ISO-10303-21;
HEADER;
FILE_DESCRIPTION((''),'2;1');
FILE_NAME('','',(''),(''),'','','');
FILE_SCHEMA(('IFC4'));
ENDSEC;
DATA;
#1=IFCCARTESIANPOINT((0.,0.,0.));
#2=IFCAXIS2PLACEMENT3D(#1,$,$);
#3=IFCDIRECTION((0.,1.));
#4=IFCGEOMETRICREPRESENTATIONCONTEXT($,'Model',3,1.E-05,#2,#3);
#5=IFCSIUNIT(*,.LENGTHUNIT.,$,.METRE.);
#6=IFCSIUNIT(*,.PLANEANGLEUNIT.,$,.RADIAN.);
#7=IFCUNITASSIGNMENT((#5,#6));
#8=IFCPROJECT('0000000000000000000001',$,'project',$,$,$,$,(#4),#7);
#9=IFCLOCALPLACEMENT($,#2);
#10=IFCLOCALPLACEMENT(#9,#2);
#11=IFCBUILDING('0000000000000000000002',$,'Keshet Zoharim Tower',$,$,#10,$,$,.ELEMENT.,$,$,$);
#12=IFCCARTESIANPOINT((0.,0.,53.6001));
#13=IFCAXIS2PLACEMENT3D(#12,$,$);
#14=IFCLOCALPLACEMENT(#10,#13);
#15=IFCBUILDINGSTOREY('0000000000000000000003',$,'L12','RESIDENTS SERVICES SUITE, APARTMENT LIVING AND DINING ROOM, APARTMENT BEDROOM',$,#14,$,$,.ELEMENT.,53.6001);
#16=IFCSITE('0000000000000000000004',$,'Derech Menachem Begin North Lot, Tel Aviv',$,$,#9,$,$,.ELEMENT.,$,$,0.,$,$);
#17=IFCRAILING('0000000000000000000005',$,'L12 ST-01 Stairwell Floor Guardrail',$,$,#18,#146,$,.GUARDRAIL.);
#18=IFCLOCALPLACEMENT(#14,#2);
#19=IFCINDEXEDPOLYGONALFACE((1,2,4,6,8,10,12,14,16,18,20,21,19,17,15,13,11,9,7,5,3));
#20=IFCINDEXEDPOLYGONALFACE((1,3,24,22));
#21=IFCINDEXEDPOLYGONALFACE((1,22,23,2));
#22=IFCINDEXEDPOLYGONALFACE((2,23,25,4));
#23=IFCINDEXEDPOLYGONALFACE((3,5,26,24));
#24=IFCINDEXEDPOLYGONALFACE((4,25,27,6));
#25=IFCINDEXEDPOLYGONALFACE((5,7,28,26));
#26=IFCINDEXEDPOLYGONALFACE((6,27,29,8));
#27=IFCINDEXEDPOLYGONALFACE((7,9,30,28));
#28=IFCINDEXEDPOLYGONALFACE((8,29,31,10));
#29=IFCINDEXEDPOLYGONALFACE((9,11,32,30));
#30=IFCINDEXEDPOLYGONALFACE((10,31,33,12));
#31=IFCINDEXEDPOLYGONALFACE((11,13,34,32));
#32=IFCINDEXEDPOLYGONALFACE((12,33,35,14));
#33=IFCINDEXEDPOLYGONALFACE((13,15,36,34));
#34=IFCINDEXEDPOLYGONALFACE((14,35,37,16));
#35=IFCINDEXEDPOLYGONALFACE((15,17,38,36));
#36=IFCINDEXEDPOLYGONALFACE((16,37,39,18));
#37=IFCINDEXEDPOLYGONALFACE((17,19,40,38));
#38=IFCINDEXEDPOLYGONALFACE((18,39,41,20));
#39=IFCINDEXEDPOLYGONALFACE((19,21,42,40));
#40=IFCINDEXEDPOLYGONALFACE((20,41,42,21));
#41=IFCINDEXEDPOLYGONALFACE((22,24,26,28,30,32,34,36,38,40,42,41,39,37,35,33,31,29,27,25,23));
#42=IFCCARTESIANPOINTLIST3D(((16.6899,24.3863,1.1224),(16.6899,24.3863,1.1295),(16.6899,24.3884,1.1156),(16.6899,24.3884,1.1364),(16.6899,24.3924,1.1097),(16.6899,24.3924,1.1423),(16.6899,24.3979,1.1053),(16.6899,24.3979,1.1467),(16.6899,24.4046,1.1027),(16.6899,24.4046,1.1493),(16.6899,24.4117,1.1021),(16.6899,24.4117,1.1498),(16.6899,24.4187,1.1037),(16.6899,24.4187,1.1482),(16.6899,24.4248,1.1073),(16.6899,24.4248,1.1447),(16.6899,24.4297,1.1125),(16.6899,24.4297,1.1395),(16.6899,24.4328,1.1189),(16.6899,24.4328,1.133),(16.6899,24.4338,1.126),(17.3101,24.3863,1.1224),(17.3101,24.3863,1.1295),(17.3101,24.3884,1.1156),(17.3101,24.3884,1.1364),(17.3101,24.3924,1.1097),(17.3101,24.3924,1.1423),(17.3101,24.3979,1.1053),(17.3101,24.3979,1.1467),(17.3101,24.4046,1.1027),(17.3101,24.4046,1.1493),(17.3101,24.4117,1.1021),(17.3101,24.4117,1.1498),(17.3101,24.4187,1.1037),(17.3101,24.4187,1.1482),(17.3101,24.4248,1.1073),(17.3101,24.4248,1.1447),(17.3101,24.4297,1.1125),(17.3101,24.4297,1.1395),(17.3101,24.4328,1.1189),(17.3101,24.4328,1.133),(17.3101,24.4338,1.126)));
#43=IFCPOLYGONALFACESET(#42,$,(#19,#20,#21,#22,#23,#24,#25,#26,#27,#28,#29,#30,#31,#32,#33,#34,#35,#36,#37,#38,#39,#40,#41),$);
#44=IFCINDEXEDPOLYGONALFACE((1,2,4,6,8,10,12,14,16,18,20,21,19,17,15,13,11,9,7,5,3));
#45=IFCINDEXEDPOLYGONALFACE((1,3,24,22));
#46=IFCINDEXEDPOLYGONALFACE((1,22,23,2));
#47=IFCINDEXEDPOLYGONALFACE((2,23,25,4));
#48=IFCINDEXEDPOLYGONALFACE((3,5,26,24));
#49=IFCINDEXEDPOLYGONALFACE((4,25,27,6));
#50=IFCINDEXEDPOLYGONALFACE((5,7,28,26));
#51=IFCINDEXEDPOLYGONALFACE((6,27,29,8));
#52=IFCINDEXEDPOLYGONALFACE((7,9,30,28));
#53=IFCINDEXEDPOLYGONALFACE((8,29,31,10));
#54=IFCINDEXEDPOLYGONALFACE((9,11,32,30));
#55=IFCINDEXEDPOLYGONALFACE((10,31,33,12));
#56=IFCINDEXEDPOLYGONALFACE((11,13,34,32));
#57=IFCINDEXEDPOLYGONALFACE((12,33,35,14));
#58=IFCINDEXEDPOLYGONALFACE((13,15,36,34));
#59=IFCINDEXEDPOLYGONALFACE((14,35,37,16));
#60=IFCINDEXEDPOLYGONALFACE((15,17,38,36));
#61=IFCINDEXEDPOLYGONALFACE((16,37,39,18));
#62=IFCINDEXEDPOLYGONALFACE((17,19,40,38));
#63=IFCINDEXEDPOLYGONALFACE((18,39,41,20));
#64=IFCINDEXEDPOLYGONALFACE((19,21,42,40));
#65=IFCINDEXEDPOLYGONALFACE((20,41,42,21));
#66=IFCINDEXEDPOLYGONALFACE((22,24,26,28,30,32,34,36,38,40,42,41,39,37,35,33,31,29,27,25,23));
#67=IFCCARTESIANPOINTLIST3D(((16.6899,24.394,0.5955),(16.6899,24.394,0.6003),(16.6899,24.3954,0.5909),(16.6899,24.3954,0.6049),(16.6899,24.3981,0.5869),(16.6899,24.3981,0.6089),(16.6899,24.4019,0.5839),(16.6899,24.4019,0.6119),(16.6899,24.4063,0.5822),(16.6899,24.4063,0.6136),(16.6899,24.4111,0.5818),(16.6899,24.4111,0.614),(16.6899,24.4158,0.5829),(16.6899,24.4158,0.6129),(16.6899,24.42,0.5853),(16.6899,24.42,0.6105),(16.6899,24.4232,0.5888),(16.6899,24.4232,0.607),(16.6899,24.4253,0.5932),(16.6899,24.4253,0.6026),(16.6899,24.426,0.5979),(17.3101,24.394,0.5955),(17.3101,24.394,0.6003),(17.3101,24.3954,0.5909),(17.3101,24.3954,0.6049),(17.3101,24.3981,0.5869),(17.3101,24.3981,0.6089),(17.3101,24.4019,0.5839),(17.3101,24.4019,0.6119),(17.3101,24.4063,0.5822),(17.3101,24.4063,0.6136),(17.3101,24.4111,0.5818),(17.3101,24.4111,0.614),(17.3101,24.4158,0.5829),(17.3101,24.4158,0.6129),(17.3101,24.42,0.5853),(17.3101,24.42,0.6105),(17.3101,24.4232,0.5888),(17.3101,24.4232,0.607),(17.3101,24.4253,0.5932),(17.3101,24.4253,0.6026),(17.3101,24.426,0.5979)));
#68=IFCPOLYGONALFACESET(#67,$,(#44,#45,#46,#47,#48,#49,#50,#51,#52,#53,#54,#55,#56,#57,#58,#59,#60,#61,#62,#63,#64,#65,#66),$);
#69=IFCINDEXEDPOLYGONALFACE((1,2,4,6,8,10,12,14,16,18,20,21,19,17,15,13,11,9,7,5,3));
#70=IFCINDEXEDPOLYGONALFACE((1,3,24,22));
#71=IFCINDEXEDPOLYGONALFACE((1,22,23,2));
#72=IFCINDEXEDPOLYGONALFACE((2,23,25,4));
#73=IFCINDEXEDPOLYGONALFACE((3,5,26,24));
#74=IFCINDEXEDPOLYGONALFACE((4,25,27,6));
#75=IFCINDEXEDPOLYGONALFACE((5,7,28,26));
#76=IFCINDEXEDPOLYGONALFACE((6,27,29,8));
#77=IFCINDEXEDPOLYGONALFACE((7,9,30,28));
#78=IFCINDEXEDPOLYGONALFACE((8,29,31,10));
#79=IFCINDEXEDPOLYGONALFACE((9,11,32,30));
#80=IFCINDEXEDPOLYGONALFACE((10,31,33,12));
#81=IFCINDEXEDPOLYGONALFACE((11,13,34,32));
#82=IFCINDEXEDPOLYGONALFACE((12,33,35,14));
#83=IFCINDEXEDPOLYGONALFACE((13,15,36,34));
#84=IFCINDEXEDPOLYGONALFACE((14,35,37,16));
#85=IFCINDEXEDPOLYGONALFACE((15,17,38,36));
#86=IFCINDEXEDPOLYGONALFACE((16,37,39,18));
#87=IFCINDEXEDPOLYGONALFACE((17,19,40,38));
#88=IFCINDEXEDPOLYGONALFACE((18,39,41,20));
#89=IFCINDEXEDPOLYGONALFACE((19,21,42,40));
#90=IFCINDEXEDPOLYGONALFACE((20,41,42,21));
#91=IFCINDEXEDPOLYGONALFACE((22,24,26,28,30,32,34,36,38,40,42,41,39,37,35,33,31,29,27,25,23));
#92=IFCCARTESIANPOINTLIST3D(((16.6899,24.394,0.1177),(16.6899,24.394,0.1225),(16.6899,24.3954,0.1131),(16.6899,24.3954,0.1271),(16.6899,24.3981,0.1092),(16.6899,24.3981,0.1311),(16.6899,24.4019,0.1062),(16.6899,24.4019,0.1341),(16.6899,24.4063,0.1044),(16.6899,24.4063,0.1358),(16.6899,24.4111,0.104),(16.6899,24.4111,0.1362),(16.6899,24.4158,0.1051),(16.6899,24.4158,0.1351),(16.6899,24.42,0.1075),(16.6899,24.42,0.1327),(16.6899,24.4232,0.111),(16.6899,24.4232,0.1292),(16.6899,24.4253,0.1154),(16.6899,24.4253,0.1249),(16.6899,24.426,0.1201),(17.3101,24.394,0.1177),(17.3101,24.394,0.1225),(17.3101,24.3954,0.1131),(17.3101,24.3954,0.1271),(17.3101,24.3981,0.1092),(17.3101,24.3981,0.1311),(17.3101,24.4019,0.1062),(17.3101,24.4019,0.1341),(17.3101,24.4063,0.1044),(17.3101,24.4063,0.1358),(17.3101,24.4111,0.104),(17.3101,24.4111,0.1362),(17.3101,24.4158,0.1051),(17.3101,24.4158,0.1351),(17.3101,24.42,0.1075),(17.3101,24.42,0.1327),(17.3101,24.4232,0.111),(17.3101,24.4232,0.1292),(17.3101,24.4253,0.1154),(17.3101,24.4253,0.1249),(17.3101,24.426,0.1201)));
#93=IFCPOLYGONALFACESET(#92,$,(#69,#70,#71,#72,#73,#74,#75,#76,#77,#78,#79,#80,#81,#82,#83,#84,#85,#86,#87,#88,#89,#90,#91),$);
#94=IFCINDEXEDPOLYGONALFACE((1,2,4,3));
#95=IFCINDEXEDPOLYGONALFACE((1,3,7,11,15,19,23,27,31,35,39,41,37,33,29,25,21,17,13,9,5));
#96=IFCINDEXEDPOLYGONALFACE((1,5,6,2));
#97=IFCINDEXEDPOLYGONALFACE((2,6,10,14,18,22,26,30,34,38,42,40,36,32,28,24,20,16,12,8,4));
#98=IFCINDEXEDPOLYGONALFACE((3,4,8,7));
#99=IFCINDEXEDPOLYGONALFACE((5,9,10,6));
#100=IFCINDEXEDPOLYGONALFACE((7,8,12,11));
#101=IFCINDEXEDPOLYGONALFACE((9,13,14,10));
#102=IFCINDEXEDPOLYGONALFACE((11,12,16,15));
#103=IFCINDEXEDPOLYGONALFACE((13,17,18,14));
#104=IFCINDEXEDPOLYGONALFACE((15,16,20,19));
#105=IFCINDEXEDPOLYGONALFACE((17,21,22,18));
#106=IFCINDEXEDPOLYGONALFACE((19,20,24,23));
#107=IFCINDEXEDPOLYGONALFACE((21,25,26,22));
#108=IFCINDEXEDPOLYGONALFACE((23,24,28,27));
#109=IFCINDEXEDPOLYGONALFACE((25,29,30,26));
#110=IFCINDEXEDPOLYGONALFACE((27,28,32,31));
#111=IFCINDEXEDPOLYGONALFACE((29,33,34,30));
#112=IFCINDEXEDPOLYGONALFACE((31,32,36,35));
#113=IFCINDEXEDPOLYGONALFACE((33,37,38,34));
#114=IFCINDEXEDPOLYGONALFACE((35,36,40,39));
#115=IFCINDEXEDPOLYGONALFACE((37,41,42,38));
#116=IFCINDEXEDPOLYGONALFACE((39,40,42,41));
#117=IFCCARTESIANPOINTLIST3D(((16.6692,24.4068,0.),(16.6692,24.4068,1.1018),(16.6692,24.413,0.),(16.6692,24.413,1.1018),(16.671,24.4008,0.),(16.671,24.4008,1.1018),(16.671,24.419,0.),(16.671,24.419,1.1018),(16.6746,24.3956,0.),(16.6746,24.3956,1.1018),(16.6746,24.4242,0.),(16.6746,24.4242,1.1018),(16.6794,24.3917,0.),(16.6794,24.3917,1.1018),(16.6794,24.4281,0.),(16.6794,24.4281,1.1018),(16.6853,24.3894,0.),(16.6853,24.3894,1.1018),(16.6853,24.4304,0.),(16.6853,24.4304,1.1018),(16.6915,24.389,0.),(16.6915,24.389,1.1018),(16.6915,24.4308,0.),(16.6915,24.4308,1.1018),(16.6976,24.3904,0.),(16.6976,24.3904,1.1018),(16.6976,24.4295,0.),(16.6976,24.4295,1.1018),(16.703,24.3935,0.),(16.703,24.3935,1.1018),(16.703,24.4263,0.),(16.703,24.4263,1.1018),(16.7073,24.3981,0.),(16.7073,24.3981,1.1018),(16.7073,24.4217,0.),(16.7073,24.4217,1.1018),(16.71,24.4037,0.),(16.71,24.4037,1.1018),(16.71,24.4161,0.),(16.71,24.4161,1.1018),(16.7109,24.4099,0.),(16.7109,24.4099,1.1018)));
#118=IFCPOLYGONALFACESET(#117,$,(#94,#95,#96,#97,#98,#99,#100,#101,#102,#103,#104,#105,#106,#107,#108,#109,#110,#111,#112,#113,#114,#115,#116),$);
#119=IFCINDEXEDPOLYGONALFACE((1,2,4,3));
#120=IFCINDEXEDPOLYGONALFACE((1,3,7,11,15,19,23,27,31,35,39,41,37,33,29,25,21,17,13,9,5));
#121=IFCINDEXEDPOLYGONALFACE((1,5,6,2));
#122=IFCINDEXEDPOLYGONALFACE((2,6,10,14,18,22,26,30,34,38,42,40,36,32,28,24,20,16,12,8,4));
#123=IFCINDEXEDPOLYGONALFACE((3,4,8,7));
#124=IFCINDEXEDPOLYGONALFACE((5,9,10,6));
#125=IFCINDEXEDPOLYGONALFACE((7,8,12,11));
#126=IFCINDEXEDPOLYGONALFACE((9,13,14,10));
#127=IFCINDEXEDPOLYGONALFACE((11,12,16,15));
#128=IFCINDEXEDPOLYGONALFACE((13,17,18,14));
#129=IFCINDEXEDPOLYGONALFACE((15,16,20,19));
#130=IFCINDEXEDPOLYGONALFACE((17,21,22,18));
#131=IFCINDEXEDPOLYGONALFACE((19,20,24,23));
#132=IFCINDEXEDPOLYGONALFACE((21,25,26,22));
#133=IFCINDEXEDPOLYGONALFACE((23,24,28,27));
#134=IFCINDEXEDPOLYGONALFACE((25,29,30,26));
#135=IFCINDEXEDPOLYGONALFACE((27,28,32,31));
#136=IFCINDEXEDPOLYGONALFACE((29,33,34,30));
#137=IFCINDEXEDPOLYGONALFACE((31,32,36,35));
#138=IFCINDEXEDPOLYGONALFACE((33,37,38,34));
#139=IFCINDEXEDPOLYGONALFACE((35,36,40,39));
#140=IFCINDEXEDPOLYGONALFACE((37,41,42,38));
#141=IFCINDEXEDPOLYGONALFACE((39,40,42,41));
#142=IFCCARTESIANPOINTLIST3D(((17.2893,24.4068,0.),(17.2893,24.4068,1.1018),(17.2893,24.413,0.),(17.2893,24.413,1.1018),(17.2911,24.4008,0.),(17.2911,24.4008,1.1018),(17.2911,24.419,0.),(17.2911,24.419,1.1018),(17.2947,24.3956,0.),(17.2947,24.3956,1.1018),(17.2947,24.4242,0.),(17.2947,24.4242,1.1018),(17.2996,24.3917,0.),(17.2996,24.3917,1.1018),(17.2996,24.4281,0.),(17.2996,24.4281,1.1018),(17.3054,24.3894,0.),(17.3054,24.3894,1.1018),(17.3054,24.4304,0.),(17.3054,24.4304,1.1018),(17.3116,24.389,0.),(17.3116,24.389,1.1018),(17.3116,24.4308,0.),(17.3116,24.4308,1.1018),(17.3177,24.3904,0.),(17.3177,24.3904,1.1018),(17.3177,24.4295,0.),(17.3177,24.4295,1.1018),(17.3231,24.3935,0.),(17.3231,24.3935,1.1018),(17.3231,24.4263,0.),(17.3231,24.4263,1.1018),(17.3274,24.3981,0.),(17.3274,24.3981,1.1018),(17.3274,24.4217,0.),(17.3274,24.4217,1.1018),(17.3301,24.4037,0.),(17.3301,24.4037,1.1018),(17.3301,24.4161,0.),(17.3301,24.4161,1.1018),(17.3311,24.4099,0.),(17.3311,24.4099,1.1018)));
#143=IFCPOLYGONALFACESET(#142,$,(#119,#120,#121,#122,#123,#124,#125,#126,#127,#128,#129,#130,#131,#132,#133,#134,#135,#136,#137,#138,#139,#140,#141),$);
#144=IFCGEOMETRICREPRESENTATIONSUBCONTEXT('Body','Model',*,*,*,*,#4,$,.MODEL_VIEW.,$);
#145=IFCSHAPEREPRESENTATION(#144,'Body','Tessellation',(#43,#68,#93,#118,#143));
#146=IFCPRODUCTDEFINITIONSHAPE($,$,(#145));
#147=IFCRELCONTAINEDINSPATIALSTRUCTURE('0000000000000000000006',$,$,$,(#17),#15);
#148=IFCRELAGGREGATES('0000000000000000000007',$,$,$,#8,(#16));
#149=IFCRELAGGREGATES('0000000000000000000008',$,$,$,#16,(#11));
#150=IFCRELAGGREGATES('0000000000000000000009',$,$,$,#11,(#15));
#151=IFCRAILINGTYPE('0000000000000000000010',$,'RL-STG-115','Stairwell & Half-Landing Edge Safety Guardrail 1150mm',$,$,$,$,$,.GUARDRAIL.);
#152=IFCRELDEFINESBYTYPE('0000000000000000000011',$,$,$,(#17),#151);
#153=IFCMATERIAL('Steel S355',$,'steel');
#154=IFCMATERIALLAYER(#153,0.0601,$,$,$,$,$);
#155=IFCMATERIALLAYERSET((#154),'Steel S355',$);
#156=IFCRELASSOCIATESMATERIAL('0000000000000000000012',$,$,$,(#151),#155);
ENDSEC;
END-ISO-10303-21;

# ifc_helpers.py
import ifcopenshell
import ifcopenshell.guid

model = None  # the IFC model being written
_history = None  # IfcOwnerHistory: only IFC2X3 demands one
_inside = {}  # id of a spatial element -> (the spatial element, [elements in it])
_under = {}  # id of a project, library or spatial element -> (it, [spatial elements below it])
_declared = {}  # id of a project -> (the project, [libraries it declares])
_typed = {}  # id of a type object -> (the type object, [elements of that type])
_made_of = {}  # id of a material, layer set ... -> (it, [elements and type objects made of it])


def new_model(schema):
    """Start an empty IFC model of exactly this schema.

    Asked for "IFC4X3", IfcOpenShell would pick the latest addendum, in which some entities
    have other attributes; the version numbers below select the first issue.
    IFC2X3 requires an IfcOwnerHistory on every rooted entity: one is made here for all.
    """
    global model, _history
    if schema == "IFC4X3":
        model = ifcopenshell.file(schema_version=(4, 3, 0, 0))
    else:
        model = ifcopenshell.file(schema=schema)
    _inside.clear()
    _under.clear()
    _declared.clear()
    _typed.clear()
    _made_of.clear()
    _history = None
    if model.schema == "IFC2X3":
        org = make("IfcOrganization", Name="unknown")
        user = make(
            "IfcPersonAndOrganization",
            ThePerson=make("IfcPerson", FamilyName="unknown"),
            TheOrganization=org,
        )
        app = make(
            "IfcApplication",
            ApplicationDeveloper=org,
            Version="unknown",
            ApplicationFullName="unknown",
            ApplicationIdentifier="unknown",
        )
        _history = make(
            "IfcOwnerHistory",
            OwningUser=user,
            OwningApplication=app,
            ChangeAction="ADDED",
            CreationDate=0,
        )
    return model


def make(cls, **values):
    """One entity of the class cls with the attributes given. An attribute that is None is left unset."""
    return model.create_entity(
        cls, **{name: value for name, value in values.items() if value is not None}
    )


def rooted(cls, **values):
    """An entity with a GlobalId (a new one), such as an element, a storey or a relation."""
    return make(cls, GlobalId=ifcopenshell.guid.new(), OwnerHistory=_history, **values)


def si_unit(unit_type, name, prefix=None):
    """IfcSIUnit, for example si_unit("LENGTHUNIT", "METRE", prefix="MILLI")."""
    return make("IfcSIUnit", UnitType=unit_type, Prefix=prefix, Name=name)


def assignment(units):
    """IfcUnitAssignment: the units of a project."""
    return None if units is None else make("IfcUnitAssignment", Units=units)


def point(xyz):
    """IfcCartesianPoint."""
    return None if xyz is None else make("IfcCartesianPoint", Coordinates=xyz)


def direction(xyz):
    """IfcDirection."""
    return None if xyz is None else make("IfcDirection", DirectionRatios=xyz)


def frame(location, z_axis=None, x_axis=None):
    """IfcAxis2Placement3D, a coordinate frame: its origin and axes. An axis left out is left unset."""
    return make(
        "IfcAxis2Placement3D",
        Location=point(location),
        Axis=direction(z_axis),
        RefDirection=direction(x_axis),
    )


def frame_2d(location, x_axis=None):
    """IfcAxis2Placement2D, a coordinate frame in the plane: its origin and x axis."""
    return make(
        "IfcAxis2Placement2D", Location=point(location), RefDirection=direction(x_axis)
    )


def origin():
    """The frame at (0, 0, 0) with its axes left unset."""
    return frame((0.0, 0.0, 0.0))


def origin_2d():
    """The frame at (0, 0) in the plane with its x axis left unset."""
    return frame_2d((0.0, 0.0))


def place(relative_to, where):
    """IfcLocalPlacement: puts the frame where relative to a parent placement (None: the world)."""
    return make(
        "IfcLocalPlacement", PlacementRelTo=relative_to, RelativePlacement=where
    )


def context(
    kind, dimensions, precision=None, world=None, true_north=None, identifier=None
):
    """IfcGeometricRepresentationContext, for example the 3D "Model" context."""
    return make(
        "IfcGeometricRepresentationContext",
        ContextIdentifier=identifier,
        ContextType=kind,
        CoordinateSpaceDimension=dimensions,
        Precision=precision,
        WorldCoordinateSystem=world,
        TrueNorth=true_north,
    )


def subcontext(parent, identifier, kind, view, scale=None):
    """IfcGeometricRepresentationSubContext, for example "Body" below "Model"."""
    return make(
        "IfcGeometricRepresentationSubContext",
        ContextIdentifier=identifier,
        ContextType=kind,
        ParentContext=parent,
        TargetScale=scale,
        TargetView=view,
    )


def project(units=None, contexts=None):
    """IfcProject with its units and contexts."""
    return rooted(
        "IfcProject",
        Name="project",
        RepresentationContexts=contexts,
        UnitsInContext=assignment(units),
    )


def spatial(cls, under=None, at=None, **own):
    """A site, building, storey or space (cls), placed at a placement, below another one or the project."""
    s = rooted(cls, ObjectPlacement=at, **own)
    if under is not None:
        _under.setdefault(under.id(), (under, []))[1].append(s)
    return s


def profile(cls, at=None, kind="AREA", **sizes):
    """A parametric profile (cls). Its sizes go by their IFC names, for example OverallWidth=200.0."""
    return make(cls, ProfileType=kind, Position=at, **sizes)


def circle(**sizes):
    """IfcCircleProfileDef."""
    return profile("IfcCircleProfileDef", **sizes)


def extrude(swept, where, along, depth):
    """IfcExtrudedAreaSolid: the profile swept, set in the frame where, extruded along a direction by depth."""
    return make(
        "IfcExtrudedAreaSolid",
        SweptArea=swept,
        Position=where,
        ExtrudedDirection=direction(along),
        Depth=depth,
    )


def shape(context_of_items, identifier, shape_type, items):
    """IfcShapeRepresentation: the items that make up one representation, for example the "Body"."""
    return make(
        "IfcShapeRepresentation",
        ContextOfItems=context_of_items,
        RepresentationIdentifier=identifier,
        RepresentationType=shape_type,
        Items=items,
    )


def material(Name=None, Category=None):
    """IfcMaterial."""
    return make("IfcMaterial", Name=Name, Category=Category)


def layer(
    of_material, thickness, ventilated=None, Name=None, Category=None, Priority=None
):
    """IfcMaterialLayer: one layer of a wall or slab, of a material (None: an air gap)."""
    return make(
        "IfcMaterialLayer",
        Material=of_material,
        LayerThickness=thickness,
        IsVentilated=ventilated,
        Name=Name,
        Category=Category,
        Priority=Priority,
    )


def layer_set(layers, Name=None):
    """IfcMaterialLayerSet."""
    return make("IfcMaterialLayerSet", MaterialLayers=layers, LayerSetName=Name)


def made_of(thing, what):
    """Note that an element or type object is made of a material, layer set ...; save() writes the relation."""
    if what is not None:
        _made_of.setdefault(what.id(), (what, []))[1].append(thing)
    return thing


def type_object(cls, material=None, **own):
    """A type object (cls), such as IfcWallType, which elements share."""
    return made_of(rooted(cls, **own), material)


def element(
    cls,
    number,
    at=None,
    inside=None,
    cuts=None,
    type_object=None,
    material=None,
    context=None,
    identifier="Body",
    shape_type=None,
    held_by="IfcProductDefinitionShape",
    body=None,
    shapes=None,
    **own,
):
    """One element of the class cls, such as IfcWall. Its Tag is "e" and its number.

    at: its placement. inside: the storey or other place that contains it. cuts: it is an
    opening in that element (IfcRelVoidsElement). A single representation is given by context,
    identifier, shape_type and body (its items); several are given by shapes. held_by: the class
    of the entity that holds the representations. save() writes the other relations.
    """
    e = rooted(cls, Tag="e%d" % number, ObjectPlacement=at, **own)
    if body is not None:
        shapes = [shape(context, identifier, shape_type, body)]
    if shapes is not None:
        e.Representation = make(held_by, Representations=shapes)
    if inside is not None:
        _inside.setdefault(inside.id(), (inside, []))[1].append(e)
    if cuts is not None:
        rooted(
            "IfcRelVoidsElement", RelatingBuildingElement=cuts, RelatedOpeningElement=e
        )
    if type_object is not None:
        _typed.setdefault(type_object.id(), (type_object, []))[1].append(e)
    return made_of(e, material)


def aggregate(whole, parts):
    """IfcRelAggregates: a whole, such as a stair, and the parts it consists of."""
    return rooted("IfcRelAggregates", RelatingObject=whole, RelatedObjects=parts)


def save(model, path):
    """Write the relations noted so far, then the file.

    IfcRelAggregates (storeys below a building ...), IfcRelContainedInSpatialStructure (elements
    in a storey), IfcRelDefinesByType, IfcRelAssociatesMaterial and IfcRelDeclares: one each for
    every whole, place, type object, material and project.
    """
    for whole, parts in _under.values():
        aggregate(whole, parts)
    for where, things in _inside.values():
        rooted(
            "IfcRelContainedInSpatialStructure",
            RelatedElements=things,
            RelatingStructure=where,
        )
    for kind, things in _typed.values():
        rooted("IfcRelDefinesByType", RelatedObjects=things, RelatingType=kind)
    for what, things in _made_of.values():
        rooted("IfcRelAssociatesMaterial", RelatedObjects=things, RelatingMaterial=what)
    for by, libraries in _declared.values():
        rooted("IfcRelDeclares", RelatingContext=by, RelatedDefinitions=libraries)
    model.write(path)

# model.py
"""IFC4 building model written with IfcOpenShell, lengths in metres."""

from ifc_helpers import new_model, si_unit, direction, frame, origin, origin_2d, place, context, subcontext, project, spatial, circle, extrude, material, layer, layer_set, type_object, element, save


model = new_model("IFC4")

# Units and contexts
model_context = context("Model", 3, precision=1e-05, world=origin(), true_north=direction((0.0, 1.0)))
body_context = subcontext(model_context, "Body", "Model", "MODEL_VIEW")
ifc_project = project(units=[si_unit("LENGTHUNIT", "METRE"), si_unit("PLANEANGLEUNIT", "RADIAN")], contexts=[model_context])

# Site, building, storey
site_placement = place(None, origin())
site = spatial("IfcSite", under=ifc_project, at=site_placement, Name="Derech Menachem Begin North Lot, Tel Aviv", CompositionType="ELEMENT", RefElevation=0.0)
building_placement = place(site_placement, origin())
building = spatial("IfcBuilding", under=site, at=building_placement, Name="Keshet Zoharim Tower", CompositionType="ELEMENT")
storey_placement = place(building_placement, frame((0.0, 0.0, 53.6001)))
storey = spatial("IfcBuildingStorey", under=building, at=storey_placement, Name="L12", Description="RESIDENTS SERVICES SUITE, APARTMENT LIVING AND DINING ROOM, APARTMENT BEDROOM", CompositionType="ELEMENT", Elevation=53.6001)

# Railing
ifc_material_1 = material(Name="Steel S355", Category="steel")
ifc_layer_1 = layer(ifc_material_1, 0.0601)
ifc_layer_set_1 = layer_set([ifc_layer_1], Name="Steel S355")
railing_type_1 = type_object("IfcRailingType", Name="RL-STG-115", Description="Stairwell & Half-Landing Edge Safety Guardrail 1150mm", PredefinedType="GUARDRAIL", material=ifc_layer_set_1)
railing_1_placement = place(storey_placement, frame((16.6899, 24.4099, 0.0)))
element("IfcRailing", 1, at=railing_1_placement, inside=storey, type_object=railing_type_1, Name="L12 ST-01 Stairwell Floor Guardrail", PredefinedType="GUARDRAIL", context=body_context, shape_type="SweptSolid", body=[
    extrude(circle(Radius=0.0239, at=origin_2d()), frame((0.0, 0.0, 1.126), z_axis=(1.0, 0.0, 0.0), x_axis=(0.0, 1.0, 0.0)), (0.0, 0.0, 1.0), 0.6201),
    extrude(circle(Radius=0.0161, at=origin_2d()), frame((0.0, 0.0, 0.5979), z_axis=(1.0, 0.0, 0.0), x_axis=(0.0, 1.0, 0.0)), (0.0, 0.0, 1.0), 0.6201),
    extrude(circle(Radius=0.0161, at=origin_2d()), frame((0.0, 0.0, 0.1201), z_axis=(1.0, 0.0, 0.0), x_axis=(0.0, 1.0, 0.0)), (0.0, 0.0, 1.0), 0.6201),
    extrude(circle(Radius=0.021, at=origin_2d()), origin(), (0.0, 0.0, 1.0), 1.1018),
    extrude(circle(Radius=0.021, at=origin_2d()), frame((0.6201, 0.0, 0.0)), (0.0, 0.0, 1.0), 1.1018),
])

save(model, "model.ifc")
